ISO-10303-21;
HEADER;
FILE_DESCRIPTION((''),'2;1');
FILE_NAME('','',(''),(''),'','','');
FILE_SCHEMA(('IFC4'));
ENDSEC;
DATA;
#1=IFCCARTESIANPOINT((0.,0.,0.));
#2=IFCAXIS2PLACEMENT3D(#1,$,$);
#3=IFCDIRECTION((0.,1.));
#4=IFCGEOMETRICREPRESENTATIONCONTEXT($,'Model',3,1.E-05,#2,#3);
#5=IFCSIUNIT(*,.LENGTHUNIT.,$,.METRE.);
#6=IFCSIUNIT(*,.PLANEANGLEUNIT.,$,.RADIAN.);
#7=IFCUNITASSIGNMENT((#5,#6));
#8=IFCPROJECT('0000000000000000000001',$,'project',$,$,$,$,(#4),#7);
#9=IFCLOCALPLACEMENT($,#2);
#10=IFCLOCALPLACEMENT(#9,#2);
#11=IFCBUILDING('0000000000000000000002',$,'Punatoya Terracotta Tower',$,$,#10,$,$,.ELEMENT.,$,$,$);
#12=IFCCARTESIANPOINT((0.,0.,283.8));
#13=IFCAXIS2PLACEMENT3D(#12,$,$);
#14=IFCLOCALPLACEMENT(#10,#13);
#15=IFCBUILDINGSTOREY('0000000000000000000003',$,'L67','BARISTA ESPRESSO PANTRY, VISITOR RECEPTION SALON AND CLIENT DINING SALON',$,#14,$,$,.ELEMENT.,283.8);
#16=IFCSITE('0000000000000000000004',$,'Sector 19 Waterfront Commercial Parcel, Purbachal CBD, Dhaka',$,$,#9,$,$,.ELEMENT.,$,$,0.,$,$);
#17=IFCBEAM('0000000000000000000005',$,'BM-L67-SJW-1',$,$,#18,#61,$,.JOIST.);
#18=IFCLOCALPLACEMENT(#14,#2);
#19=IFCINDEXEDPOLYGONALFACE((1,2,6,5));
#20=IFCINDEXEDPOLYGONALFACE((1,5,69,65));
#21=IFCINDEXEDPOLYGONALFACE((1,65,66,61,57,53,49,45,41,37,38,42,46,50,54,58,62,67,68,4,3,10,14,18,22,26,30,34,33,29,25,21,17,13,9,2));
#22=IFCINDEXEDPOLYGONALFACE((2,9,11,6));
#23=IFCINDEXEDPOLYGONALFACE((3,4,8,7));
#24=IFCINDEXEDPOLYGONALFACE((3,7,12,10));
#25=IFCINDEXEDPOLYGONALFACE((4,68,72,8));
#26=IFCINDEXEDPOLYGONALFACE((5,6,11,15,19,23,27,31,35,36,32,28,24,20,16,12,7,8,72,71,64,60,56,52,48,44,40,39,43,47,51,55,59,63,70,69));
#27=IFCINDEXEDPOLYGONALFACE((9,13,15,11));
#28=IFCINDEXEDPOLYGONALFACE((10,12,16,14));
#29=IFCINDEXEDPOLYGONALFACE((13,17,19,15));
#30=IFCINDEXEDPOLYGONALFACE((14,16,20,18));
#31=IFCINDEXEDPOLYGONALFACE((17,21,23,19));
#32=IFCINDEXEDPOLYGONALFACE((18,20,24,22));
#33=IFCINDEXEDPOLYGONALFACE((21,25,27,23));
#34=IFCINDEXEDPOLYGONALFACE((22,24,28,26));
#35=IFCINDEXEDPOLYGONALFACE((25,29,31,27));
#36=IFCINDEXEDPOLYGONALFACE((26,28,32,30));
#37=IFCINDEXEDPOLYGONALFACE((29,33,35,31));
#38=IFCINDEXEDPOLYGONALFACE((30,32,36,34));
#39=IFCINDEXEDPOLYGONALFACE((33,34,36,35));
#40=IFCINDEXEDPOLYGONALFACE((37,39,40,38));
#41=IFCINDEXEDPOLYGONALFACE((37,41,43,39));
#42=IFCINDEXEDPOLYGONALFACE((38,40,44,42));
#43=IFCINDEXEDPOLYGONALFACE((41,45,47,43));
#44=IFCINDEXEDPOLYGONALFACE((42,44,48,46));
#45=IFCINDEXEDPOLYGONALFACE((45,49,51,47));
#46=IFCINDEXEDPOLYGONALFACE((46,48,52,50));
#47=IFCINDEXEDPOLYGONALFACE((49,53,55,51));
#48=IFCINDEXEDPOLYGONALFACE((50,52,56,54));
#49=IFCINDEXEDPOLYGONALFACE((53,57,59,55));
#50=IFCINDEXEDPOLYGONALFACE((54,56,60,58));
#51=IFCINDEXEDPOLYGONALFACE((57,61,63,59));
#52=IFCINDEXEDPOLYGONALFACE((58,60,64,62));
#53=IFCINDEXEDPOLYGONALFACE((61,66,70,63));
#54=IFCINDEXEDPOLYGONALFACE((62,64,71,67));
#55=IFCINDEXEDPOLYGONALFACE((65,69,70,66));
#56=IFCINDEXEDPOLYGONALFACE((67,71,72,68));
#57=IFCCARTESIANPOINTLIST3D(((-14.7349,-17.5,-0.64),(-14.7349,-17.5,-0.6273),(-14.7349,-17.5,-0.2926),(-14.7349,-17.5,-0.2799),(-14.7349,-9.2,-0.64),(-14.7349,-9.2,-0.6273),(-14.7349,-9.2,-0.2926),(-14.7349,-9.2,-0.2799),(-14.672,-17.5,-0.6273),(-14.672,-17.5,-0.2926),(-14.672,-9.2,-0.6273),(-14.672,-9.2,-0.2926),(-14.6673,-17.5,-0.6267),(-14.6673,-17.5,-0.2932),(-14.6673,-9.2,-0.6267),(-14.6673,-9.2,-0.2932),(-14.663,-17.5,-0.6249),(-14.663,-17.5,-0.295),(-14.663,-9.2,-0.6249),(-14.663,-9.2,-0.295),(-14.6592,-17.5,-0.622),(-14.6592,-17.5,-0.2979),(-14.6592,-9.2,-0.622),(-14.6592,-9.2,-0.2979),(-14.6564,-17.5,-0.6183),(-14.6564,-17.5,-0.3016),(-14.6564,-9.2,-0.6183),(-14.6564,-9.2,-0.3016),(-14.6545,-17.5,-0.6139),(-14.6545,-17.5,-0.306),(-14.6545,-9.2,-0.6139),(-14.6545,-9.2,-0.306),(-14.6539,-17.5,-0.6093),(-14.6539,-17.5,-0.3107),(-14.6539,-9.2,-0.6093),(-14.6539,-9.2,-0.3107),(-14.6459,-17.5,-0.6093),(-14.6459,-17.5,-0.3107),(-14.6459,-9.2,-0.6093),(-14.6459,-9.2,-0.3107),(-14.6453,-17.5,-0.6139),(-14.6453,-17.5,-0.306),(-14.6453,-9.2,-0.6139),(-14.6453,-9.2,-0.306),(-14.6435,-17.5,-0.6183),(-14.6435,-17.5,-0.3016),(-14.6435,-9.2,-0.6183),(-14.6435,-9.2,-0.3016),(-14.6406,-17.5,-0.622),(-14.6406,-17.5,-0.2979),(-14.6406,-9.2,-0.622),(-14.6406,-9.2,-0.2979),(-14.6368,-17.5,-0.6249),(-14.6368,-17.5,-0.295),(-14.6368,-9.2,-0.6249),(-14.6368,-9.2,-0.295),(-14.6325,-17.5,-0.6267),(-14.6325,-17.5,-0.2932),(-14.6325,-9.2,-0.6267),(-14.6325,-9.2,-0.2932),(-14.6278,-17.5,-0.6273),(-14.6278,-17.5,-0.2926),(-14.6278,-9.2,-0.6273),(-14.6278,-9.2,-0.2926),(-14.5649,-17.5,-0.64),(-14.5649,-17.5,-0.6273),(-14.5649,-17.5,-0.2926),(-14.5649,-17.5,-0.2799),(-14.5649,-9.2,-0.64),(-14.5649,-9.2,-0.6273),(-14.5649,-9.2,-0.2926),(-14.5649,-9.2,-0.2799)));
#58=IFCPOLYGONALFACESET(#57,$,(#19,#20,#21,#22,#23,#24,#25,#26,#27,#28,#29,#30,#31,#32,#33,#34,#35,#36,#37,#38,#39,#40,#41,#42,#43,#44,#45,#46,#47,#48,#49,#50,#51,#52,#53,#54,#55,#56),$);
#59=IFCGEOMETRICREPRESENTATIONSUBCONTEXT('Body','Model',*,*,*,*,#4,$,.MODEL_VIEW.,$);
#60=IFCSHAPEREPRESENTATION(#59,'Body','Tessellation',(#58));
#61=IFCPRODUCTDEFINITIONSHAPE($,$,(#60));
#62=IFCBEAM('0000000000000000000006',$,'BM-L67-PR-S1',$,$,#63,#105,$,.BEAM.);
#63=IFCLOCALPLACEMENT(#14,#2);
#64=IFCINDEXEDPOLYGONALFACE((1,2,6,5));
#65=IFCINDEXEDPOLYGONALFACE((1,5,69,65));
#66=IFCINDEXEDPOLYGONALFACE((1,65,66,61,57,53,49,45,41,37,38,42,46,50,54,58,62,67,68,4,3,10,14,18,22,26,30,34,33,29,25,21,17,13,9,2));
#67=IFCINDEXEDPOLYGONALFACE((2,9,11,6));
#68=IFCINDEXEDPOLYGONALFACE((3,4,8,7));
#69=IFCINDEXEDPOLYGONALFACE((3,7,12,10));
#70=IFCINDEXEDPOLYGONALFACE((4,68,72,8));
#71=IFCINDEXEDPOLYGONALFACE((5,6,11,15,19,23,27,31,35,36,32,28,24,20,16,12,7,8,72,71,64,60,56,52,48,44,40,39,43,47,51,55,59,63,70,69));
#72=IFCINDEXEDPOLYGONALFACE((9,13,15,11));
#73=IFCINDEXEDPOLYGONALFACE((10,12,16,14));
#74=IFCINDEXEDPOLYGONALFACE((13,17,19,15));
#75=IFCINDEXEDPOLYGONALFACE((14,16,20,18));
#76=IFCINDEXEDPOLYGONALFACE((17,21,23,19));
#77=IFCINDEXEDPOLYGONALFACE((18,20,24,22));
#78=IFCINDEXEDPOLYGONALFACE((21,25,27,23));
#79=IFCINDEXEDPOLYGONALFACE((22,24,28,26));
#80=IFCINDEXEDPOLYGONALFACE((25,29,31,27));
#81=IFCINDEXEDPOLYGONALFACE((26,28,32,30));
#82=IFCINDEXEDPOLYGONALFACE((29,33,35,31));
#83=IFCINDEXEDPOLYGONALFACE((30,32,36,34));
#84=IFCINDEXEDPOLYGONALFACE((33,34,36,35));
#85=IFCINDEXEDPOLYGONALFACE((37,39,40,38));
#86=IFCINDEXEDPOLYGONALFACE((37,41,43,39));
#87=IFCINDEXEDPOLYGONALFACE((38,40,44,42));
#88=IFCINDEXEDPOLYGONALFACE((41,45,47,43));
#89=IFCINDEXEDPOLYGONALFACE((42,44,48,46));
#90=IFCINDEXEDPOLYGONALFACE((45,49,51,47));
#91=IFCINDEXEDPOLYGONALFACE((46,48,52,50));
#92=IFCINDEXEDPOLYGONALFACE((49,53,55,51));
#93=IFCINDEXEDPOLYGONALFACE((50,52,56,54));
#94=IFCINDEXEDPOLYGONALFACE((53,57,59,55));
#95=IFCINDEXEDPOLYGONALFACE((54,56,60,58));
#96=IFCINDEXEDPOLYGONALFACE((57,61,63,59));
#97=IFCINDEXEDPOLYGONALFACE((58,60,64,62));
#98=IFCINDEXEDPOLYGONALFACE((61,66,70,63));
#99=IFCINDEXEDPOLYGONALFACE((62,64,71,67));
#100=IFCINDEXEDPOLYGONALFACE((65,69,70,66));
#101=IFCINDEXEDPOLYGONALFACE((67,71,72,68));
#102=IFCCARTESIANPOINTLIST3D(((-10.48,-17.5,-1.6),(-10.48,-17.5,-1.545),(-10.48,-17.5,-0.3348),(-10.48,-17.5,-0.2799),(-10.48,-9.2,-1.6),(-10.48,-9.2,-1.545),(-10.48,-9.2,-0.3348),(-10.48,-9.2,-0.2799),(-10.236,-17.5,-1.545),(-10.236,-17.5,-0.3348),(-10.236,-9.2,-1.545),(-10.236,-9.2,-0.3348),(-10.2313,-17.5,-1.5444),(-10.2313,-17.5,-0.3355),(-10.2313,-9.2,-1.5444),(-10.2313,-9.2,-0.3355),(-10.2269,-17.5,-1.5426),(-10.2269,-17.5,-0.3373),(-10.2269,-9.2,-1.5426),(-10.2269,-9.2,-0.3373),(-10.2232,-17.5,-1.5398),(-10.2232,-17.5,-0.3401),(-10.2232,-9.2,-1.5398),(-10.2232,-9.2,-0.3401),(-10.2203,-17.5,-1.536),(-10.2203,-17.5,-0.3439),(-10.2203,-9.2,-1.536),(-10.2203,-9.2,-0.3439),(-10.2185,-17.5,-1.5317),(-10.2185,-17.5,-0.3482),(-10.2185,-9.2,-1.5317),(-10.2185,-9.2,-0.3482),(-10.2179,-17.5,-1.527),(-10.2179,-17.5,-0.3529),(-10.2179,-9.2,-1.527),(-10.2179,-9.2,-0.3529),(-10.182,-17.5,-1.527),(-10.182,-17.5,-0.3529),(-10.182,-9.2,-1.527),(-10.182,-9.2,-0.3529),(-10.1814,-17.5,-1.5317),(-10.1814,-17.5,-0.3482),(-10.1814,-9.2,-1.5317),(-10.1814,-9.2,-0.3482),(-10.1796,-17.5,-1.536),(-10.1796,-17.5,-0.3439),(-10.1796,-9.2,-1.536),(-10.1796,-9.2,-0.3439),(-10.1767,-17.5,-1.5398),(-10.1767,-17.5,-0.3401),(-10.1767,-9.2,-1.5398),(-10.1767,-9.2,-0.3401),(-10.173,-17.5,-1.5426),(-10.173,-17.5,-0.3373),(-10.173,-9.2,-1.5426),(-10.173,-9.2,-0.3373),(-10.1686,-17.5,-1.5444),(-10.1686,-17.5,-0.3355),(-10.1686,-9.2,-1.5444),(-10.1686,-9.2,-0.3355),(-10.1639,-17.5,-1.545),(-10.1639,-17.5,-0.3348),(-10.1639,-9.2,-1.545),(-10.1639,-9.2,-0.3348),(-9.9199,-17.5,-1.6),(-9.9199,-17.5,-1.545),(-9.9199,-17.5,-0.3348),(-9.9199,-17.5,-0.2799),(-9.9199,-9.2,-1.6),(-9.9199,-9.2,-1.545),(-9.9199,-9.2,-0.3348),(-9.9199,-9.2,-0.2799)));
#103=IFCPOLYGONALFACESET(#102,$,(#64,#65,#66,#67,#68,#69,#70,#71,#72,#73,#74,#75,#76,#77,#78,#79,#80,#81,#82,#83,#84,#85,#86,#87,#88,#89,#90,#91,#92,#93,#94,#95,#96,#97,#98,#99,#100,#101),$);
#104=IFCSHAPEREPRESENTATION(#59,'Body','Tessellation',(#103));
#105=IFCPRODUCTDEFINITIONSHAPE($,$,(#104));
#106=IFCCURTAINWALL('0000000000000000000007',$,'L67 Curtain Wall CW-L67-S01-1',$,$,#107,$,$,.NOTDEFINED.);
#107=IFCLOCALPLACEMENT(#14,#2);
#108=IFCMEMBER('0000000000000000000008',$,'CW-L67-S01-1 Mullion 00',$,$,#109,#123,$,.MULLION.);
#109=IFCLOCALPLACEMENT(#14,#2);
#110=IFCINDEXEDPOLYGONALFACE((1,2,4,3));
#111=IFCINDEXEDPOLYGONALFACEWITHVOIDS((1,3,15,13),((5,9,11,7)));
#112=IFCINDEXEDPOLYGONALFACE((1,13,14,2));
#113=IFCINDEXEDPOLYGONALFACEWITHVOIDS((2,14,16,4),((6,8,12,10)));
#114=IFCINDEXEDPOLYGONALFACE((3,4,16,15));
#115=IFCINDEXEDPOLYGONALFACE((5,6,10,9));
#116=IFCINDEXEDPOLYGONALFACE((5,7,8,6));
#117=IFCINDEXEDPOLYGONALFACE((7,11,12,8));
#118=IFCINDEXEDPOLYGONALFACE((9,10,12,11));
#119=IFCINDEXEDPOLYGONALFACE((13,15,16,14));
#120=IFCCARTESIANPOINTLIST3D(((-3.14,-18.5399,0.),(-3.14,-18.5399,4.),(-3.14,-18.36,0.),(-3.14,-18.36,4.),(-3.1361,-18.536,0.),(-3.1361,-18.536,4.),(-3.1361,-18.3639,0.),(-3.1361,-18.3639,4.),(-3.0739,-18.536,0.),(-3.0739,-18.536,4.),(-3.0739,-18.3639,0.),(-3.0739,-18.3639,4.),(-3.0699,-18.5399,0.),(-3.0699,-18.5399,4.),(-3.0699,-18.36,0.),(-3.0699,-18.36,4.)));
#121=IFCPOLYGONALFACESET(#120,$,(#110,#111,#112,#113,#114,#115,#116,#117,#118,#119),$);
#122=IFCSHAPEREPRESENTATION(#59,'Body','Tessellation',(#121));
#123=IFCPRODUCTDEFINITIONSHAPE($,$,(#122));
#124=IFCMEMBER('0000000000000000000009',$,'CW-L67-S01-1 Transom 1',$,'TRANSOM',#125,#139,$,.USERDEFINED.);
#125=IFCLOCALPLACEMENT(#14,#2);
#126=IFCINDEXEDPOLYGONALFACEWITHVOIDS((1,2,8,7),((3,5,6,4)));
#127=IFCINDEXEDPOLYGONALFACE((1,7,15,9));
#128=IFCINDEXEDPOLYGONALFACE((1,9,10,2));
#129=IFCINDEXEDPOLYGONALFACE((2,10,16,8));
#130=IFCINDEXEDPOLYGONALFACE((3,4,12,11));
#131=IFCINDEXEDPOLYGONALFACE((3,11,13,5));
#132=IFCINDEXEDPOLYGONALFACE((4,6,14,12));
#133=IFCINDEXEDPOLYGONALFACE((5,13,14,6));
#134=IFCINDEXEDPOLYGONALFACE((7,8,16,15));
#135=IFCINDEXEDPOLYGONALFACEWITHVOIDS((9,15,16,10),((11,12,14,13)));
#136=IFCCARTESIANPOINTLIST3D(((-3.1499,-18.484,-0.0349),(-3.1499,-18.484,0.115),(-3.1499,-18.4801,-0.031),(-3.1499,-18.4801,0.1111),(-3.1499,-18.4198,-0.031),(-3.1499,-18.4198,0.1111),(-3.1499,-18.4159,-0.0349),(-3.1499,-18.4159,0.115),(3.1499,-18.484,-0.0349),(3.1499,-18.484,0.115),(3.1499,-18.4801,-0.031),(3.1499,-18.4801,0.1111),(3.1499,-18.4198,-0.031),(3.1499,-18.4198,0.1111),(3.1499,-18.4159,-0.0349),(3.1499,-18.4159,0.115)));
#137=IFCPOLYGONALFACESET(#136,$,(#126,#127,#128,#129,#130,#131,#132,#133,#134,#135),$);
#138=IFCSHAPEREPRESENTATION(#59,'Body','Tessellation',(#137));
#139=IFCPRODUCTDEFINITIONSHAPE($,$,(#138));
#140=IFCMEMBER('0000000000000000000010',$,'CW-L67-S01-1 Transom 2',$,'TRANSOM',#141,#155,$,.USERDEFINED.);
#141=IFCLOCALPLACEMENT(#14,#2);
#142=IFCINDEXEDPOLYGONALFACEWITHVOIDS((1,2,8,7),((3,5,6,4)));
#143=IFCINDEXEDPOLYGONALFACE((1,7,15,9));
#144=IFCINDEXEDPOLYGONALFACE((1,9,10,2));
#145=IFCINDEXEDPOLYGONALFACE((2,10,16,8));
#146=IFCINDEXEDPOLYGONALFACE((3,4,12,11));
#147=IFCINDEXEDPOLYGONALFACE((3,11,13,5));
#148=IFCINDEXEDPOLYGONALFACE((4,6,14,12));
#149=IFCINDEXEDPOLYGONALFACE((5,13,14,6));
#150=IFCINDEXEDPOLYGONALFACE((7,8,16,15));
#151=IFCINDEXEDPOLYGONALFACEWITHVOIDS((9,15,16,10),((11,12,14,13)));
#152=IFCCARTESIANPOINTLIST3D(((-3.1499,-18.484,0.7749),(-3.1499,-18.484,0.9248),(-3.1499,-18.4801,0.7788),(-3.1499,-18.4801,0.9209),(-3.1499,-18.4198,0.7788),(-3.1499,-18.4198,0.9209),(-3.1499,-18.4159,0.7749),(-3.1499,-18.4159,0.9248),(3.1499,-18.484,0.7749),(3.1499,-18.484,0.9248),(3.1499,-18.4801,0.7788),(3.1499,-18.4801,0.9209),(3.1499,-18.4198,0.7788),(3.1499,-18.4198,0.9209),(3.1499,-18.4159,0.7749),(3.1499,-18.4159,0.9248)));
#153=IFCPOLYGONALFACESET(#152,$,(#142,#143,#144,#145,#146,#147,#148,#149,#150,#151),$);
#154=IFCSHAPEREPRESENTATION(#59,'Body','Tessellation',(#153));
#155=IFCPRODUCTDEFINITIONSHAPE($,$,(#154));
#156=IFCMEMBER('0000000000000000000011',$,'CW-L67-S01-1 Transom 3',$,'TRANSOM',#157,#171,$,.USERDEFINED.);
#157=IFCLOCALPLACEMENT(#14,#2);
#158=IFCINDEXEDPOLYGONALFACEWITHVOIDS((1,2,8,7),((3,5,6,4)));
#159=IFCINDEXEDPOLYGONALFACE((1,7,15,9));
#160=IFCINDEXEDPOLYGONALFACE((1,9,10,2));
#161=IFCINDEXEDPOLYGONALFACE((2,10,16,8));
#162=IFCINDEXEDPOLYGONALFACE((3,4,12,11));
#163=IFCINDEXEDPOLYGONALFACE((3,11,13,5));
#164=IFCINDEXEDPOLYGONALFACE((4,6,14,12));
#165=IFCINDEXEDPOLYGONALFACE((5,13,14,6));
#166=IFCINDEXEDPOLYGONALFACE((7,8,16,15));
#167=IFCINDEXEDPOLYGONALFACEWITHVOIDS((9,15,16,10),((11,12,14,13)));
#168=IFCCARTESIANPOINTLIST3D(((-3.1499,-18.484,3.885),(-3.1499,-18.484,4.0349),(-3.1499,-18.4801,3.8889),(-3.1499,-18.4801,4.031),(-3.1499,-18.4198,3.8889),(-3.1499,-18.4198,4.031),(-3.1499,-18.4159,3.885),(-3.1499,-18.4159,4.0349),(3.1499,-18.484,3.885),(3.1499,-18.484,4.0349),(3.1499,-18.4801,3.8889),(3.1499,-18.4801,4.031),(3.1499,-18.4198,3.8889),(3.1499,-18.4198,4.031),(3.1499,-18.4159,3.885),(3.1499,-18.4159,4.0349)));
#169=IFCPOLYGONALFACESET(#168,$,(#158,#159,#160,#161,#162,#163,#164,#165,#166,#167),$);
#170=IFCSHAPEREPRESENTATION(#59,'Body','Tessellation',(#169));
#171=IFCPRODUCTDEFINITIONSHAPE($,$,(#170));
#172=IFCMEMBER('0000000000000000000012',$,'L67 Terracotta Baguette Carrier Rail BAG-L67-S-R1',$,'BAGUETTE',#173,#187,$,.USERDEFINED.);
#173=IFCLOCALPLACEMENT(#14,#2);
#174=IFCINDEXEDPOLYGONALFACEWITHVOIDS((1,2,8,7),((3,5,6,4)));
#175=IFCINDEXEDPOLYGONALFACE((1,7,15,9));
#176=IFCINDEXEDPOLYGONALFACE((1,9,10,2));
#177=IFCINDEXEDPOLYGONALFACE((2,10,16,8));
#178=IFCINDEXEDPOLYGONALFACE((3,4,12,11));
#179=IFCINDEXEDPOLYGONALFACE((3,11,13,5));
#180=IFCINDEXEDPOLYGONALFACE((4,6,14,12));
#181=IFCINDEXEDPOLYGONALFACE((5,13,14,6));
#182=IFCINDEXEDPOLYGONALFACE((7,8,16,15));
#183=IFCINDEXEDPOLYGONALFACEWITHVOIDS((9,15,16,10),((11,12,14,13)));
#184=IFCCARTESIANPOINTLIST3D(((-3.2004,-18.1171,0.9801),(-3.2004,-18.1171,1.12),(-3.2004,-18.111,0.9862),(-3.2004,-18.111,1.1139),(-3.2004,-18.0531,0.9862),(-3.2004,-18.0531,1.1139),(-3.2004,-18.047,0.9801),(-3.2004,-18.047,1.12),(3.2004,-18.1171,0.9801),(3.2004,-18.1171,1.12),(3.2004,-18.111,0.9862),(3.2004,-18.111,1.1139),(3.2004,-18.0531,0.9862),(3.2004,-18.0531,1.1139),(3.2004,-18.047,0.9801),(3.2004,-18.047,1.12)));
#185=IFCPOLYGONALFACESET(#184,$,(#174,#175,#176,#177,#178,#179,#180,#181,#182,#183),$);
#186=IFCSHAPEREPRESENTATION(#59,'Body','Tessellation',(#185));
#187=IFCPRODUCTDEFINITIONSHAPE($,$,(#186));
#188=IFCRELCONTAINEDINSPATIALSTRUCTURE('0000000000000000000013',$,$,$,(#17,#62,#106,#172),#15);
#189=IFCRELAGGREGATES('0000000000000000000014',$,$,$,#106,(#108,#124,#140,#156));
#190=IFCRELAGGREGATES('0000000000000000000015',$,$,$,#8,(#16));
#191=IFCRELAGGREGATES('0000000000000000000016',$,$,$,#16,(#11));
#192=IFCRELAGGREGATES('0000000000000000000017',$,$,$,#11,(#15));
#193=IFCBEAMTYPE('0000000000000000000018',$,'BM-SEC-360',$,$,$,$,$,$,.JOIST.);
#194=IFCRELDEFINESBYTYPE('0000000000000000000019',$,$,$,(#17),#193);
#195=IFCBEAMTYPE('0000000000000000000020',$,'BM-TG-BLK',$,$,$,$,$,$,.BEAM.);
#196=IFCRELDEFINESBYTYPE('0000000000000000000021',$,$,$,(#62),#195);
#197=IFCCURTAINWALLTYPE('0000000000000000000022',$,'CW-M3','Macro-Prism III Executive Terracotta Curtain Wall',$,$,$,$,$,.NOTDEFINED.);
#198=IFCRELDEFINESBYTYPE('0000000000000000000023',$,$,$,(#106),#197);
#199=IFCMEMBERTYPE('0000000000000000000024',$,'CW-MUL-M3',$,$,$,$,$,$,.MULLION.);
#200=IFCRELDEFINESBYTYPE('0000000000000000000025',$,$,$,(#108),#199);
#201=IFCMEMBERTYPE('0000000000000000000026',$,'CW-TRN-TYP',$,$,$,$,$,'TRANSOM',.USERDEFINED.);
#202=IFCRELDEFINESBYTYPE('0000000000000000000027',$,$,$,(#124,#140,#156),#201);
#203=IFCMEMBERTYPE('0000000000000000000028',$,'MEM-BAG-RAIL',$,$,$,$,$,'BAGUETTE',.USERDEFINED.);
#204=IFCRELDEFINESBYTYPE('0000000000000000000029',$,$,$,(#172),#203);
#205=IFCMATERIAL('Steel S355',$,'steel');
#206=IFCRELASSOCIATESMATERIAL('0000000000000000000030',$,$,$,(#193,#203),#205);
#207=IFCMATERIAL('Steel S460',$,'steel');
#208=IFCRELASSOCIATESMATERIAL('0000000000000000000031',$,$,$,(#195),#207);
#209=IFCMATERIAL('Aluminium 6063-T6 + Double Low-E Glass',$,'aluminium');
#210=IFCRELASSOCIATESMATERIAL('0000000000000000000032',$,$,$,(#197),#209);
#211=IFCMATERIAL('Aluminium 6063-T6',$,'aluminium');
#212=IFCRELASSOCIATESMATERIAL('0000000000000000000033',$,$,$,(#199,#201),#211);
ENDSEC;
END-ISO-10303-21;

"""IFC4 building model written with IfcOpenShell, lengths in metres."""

from ifc_helpers import new_model, si_unit, direction, frame, origin, origin_2d, place, context, subcontext, project, spatial, hollow_rectangle, i_section, extrude, material, material_profile, profile_set, type_object, element, aggregate, save


model = new_model("IFC4")

# Units and contexts
model_context = context("Model", 3, precision=1e-05, world=origin(), true_north=direction((0.0, 1.0)))
body_context = subcontext(model_context, "Body", "Model", "MODEL_VIEW")
ifc_project = project(units=[si_unit("LENGTHUNIT", "METRE"), si_unit("PLANEANGLEUNIT", "RADIAN")], contexts=[model_context])

# Site, building, storey
site_placement = place(None, origin())
site = spatial("IfcSite", under=ifc_project, at=site_placement, Name="Sector 19 Waterfront Commercial Parcel, Purbachal CBD, Dhaka", CompositionType="ELEMENT", RefElevation=0.0)
building_placement = place(site_placement, origin())
building = spatial("IfcBuilding", under=site, at=building_placement, Name="Punatoya Terracotta Tower", CompositionType="ELEMENT")
storey_placement = place(building_placement, frame((0.0, 0.0, 283.8)))
storey = spatial("IfcBuildingStorey", under=building, at=storey_placement, Name="L67", Description="BARISTA ESPRESSO PANTRY, VISITOR RECEPTION SALON AND CLIENT DINING SALON", CompositionType="ELEMENT", Elevation=283.8)

# Beams
ifc_material_1 = material(Name="Steel S355", Category="steel")
ifc_material_profile_1 = material_profile(ifc_material_1, i_section(OverallWidth=0.1699, OverallDepth=0.3601, WebThickness=0.0081, FlangeThickness=0.0127, FilletRadius=0.0181, at=origin_2d()))
ifc_profile_set_1 = profile_set([ifc_material_profile_1], Name="Steel S355")
beam_type_1 = type_object("IfcBeamType", Name="BM-SEC-360", PredefinedType="JOIST", material=ifc_profile_set_1)
beam_1_placement = place(storey_placement, frame((-14.6499, -17.5, -0.46), z_axis=(0.0, 1.0, 0.0), x_axis=(-1.0, 0.0, 0.0)))
element("IfcBeam", 1, at=beam_1_placement, inside=storey, type_object=beam_type_1, Name="BM-L67-SJW-1", PredefinedType="JOIST", context=body_context, shape_type="SweptSolid", body=[
    extrude(i_section(OverallWidth=0.1699, OverallDepth=0.3601, WebThickness=0.0081, FlangeThickness=0.0127, FilletRadius=0.0181, at=origin_2d()), origin(), (0.0, 0.0, 1.0), 8.3),
])
ifc_material_2 = material(Name="Steel S460", Category="steel")
ifc_material_profile_2 = material_profile(ifc_material_2, i_section(OverallWidth=0.5601, OverallDepth=1.3201, WebThickness=0.0359, FlangeThickness=0.0549, FilletRadius=0.0181, at=origin_2d()))
ifc_profile_set_2 = profile_set([ifc_material_profile_2], Name="Steel S460")
beam_type_2 = type_object("IfcBeamType", Name="BM-TG-BLK", PredefinedType="BEAM", material=ifc_profile_set_2)
beam_2_placement = place(storey_placement, frame((-10.2, -17.5, -0.9399), z_axis=(0.0, 1.0, 0.0), x_axis=(-1.0, 0.0, 0.0)))
element("IfcBeam", 2, at=beam_2_placement, inside=storey, type_object=beam_type_2, Name="BM-L67-PR-S1", PredefinedType="BEAM", context=body_context, shape_type="SweptSolid", body=[
    extrude(i_section(OverallWidth=0.5601, OverallDepth=1.3201, WebThickness=0.0359, FlangeThickness=0.0549, FilletRadius=0.0181, at=origin_2d()), origin(), (0.0, 0.0, 1.0), 8.3),
])

# Curtain wall, members
ifc_material_3 = material(Name="Aluminium 6063-T6 + Double Low-E Glass", Category="aluminium")
curtain_wall_type = type_object("IfcCurtainWallType", Name="CW-M3", Description="Macro-Prism III Executive Terracotta Curtain Wall", PredefinedType="NOTDEFINED", material=ifc_material_3)
curtain_wall_placement = place(storey_placement, origin())
curtain_wall = element("IfcCurtainWall", 3, at=curtain_wall_placement, inside=storey, type_object=curtain_wall_type, Name="L67 Curtain Wall CW-L67-S01-1", PredefinedType="NOTDEFINED")
ifc_material_4 = material(Name="Aluminium 6063-T6", Category="aluminium")
ifc_material_profile_3 = material_profile(ifc_material_4, hollow_rectangle(XDim=0.0701, YDim=0.1799, WallThickness=0.0039, at=origin_2d()))
ifc_profile_set_3 = profile_set([ifc_material_profile_3], Name="Aluminium 6063-T6")
member_type_1 = type_object("IfcMemberType", Name="CW-MUL-M3", PredefinedType="MULLION", material=ifc_profile_set_3)
member_1_placement = place(storey_placement, frame((-3.105, -18.45, 0.0), z_axis=(0.0, 0.0, 1.0), x_axis=(1.0, 0.0, 0.0)))
member_1 = element("IfcMember", 4, at=member_1_placement, type_object=member_type_1, Name="CW-L67-S01-1 Mullion 00", PredefinedType="MULLION", context=body_context, shape_type="SweptSolid", body=[
    extrude(hollow_rectangle(XDim=0.0701, YDim=0.1799, WallThickness=0.0039, at=origin_2d()), origin(), (0.0, 0.0, 1.0), 4.0),
])
ifc_material_profile_4 = material_profile(ifc_material_4, hollow_rectangle(XDim=0.0681, YDim=0.1499, WallThickness=0.0039, at=origin_2d()))
ifc_profile_set_4 = profile_set([ifc_material_profile_4], Name="Aluminium 6063-T6")
member_type_2 = type_object("IfcMemberType", Name="CW-TRN-TYP", ElementType="TRANSOM", PredefinedType="USERDEFINED", material=ifc_profile_set_4)
member_2_placement = place(storey_placement, frame((-3.1499, -18.45, 0.04), z_axis=(1.0, 0.0, 0.0), x_axis=(0.0, 1.0, 0.0)))
member_2 = element("IfcMember", 5, at=member_2_placement, type_object=member_type_2, Name="CW-L67-S01-1 Transom 1", ObjectType="TRANSOM", PredefinedType="USERDEFINED", context=body_context, shape_type="SweptSolid", body=[
    extrude(hollow_rectangle(XDim=0.0681, YDim=0.1499, WallThickness=0.0039, at=origin_2d()), origin(), (0.0, 0.0, 1.0), 6.2998),
])
member_3_placement = place(storey_placement, frame((-3.1499, -18.45, 0.8499), z_axis=(1.0, 0.0, 0.0), x_axis=(0.0, 1.0, 0.0)))
member_3 = element("IfcMember", 6, at=member_3_placement, type_object=member_type_2, Name="CW-L67-S01-1 Transom 2", ObjectType="TRANSOM", PredefinedType="USERDEFINED", context=body_context, shape_type="SweptSolid", body=[
    extrude(hollow_rectangle(XDim=0.0681, YDim=0.1499, WallThickness=0.0039, at=origin_2d()), origin(), (0.0, 0.0, 1.0), 6.2998),
])
member_4_placement = place(storey_placement, frame((-3.1499, -18.45, 3.96), z_axis=(1.0, 0.0, 0.0), x_axis=(0.0, 1.0, 0.0)))
member_4 = element("IfcMember", 7, at=member_4_placement, type_object=member_type_2, Name="CW-L67-S01-1 Transom 3", ObjectType="TRANSOM", PredefinedType="USERDEFINED", context=body_context, shape_type="SweptSolid", body=[
    extrude(hollow_rectangle(XDim=0.0681, YDim=0.1499, WallThickness=0.0039, at=origin_2d()), origin(), (0.0, 0.0, 1.0), 6.2998),
])

# Member
ifc_material_profile_5 = material_profile(ifc_material_1, hollow_rectangle(XDim=0.0701, YDim=0.1399, WallThickness=0.0061, at=origin_2d()))
ifc_profile_set_5 = profile_set([ifc_material_profile_5], Name="Steel S355")
member_type_3 = type_object("IfcMemberType", Name="MEM-BAG-RAIL", ElementType="BAGUETTE", PredefinedType="USERDEFINED", material=ifc_profile_set_5)
for number, where, z_axis, x_axis, name in (
    (8, (-3.2004, -18.082, 1.05), (1.0, 0.0, 0.0), (0.0, 1.0, 0.0), "L67 Terracotta Baguette Carrier Rail BAG-L67-S-R1"),
):
    element("IfcMember", number, at=place(storey_placement, frame(where, z_axis=z_axis, x_axis=x_axis)), inside=storey, type_object=member_type_3, Name=name, ObjectType="BAGUETTE", PredefinedType="USERDEFINED", context=body_context, shape_type="SweptSolid", body=[
        extrude(hollow_rectangle(XDim=0.0701, YDim=0.1399, WallThickness=0.0061, at=origin_2d()), origin(), (0.0, 0.0, 1.0), 6.4009),
    ])

aggregate(curtain_wall, [member_1, member_2, member_3, member_4])

save(model, "model.ifc")
